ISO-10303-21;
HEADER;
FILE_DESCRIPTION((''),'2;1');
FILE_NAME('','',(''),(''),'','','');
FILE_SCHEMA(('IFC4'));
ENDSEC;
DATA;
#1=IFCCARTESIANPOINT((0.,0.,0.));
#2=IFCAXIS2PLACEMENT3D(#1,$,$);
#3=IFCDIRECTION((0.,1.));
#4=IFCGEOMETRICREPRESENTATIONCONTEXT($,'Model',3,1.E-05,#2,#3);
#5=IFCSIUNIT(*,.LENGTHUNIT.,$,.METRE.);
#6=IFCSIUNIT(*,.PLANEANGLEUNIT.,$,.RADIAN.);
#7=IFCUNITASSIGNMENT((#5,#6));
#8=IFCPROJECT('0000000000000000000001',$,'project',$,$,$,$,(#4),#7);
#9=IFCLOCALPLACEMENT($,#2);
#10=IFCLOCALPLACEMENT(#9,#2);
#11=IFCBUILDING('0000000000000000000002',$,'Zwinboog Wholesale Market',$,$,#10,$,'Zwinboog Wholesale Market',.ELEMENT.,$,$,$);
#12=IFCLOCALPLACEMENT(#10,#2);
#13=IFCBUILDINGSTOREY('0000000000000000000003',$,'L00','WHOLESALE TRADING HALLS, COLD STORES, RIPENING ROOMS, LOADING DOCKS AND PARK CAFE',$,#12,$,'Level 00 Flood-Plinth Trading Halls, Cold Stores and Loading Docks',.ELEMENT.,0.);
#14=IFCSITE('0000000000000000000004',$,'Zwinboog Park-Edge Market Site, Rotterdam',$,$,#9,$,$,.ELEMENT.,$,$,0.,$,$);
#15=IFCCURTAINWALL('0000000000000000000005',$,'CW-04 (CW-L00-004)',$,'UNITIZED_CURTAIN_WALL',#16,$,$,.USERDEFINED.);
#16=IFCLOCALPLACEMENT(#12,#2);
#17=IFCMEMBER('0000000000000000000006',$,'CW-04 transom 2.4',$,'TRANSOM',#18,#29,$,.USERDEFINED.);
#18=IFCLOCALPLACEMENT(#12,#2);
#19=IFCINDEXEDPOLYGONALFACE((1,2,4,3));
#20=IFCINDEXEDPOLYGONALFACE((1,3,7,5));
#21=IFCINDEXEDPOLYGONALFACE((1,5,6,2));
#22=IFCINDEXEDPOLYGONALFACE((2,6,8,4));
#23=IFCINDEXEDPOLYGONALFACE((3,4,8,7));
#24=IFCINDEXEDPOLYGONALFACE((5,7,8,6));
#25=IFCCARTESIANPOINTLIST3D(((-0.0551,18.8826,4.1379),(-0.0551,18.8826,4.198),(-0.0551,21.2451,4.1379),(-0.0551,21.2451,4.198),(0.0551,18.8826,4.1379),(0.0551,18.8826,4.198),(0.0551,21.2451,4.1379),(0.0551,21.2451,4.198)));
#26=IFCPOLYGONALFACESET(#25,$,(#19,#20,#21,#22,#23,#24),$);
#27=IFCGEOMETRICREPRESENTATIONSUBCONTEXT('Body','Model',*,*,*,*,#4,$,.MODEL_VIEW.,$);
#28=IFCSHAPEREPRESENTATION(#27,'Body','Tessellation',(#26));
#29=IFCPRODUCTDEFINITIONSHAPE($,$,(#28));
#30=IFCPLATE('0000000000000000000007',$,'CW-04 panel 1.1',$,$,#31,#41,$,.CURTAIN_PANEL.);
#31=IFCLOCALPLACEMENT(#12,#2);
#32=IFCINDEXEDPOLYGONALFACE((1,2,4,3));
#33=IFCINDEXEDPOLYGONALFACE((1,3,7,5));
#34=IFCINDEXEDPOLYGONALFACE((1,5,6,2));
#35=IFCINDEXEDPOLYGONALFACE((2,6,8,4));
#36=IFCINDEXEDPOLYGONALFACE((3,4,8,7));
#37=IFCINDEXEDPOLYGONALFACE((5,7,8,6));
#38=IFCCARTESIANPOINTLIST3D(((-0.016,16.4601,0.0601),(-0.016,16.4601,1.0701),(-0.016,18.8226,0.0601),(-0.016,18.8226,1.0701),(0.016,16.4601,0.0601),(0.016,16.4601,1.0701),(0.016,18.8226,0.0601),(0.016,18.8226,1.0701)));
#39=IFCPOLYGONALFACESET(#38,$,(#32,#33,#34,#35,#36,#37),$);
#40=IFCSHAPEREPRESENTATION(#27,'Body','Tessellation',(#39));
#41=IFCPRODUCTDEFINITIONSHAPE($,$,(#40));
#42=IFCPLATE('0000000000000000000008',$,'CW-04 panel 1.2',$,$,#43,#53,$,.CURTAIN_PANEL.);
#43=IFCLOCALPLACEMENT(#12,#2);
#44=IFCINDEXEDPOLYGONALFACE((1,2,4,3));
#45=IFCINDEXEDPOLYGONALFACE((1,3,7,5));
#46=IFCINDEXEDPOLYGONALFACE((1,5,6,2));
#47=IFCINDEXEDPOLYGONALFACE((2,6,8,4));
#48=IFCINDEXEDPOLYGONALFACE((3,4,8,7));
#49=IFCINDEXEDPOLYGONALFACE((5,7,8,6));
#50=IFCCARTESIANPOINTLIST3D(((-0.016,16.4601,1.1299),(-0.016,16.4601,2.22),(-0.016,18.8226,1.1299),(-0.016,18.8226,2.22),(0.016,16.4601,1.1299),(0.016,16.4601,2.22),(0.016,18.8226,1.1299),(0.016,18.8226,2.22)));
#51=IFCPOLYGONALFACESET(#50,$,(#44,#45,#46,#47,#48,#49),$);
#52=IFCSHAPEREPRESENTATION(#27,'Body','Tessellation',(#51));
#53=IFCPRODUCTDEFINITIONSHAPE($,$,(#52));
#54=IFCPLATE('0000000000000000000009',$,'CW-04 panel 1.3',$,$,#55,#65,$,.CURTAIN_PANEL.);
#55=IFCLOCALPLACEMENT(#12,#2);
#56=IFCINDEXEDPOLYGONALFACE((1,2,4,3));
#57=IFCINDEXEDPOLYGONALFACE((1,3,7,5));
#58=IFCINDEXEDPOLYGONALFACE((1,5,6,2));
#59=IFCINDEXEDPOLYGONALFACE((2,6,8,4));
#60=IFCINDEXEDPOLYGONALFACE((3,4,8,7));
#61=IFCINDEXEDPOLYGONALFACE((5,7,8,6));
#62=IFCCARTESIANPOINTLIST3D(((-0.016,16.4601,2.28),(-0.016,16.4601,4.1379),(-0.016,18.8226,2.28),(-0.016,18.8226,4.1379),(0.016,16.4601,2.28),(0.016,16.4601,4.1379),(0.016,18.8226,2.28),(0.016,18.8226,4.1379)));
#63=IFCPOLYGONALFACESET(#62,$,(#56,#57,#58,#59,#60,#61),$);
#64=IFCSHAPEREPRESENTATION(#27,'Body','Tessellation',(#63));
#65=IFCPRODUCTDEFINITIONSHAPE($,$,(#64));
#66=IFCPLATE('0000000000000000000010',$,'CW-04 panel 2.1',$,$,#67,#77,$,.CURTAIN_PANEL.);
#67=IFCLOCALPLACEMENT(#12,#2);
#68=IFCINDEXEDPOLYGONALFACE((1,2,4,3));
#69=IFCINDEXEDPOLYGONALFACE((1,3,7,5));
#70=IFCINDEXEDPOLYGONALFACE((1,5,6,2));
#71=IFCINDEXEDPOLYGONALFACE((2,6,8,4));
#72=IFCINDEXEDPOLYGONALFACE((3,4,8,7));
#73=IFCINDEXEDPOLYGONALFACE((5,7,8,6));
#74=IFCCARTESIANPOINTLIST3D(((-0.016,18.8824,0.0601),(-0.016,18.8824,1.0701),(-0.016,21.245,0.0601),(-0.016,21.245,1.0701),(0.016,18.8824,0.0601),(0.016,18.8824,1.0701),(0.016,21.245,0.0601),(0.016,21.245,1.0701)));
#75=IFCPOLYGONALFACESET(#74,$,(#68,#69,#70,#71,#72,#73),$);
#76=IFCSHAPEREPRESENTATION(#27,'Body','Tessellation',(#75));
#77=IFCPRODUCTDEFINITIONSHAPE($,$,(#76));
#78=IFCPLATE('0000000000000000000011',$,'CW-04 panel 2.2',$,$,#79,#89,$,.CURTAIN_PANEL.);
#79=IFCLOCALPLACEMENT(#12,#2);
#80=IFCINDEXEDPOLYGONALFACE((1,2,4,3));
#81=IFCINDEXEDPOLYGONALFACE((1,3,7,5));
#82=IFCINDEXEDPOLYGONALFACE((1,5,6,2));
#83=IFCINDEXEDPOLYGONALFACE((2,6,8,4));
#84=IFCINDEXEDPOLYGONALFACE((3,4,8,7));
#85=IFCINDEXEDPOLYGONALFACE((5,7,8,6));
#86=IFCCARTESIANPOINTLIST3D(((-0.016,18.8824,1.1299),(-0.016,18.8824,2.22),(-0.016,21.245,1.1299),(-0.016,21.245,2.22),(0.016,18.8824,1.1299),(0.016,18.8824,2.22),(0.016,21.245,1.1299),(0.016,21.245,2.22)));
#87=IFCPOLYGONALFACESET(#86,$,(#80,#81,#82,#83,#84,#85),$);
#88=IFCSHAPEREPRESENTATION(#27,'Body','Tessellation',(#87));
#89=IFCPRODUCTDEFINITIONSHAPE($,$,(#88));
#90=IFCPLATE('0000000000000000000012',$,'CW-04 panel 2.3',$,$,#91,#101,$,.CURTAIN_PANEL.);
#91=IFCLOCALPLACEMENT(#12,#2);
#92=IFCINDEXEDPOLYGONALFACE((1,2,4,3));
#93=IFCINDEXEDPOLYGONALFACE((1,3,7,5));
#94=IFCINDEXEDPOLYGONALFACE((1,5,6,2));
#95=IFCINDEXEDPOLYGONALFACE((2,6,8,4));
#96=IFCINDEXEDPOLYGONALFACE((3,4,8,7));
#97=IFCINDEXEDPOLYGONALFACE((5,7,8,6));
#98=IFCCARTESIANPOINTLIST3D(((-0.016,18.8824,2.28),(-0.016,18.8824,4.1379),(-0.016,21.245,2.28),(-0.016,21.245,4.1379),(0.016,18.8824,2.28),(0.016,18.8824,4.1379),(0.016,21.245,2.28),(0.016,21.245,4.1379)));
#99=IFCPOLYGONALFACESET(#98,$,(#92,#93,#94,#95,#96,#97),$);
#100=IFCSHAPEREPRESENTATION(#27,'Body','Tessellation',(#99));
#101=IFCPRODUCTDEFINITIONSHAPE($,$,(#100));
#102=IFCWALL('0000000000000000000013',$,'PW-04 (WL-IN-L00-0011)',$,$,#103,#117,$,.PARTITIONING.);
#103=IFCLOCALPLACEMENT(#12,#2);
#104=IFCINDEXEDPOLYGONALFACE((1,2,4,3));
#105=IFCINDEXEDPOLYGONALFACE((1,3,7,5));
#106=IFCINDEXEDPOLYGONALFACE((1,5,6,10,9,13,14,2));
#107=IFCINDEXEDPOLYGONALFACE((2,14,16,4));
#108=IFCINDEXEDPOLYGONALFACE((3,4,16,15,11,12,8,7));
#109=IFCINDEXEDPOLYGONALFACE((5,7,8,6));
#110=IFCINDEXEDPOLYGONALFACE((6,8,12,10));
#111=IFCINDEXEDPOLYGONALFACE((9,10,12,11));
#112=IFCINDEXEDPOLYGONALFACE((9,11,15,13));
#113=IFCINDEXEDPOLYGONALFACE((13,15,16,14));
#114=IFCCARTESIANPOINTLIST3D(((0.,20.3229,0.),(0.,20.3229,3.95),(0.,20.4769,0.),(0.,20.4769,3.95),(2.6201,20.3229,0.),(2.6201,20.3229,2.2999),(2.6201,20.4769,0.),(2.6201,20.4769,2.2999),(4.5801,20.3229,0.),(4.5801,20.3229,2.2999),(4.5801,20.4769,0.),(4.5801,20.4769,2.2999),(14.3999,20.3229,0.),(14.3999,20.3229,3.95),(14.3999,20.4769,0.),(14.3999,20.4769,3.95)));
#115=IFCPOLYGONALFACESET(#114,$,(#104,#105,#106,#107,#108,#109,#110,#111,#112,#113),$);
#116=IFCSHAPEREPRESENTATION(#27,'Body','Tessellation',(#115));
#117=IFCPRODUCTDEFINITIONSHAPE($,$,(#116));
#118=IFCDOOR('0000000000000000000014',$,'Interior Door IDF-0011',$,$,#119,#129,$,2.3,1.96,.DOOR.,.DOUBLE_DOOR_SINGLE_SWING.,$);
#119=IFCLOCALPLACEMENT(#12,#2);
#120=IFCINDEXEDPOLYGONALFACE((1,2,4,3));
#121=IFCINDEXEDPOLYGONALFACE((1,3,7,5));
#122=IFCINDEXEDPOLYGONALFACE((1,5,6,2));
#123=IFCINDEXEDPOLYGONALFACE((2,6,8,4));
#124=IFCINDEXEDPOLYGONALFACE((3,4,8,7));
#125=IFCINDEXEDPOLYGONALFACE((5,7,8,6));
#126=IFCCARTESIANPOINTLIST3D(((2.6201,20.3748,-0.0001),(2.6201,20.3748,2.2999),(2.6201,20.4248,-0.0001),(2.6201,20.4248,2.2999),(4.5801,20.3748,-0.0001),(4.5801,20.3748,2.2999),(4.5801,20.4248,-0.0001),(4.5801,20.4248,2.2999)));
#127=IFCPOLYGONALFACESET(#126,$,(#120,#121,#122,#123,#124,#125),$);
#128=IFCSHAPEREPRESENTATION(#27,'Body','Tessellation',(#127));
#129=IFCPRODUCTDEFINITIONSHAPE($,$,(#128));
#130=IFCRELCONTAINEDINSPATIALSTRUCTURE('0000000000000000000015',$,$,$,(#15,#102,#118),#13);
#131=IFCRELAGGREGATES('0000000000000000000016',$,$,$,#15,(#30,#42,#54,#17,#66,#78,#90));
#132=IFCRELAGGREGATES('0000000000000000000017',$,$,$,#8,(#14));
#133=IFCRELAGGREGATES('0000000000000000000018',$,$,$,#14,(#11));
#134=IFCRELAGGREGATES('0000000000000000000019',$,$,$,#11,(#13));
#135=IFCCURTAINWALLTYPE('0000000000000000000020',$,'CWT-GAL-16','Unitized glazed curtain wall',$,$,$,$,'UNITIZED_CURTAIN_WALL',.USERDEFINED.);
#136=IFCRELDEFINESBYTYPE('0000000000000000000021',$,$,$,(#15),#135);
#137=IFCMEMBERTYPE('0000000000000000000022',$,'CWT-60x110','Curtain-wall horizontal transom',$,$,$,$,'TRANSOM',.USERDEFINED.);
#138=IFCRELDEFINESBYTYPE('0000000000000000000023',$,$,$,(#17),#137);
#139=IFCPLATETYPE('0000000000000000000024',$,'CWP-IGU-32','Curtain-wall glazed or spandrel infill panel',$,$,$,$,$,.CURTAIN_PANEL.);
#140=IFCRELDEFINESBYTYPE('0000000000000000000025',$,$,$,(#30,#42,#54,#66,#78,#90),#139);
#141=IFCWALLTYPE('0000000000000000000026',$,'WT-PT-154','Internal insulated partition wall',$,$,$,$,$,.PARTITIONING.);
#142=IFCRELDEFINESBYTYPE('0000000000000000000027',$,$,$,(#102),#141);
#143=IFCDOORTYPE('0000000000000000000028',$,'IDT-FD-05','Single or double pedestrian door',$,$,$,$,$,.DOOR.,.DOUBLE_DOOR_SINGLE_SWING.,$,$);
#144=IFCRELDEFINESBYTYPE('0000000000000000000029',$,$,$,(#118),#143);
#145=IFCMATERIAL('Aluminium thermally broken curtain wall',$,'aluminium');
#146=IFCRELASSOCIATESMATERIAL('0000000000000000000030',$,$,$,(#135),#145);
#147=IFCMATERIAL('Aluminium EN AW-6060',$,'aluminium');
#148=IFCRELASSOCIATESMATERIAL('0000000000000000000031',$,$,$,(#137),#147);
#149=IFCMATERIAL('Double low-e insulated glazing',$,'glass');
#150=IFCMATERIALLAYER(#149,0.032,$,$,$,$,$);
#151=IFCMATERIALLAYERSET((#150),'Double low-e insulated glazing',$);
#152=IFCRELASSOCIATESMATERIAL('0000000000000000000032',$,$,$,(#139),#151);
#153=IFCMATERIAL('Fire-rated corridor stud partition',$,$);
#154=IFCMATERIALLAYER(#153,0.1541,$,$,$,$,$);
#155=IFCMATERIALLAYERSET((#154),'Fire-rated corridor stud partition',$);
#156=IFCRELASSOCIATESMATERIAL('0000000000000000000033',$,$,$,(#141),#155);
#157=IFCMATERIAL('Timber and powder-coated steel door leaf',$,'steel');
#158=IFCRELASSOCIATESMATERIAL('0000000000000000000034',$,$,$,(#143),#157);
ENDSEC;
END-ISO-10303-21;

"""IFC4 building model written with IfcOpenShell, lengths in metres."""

from ifc_helpers import new_model, si_unit, direction, frame, frame_2d, origin, origin_2d, place, context, subcontext, project, spatial, rectangle, extrude, material, layer, layer_set, material_profile, profile_set, type_object, element, fill, aggregate, save


model = new_model("IFC4")

# Units and contexts
model_context = context("Model", 3, precision=1e-05, world=origin(), true_north=direction((0.0, 1.0)))
body_context = subcontext(model_context, "Body", "Model", "MODEL_VIEW")
ifc_project = project(units=[si_unit("LENGTHUNIT", "METRE"), si_unit("PLANEANGLEUNIT", "RADIAN")], contexts=[model_context])

# Site, building, storey
site_placement = place(None, origin())
site = spatial("IfcSite", under=ifc_project, at=site_placement, Name="Zwinboog Park-Edge Market Site, Rotterdam", CompositionType="ELEMENT", RefElevation=0.0)
building_placement = place(site_placement, origin())
building = spatial("IfcBuilding", under=site, at=building_placement, Name="Zwinboog Wholesale Market", LongName="Zwinboog Wholesale Market", CompositionType="ELEMENT")
storey_placement = place(building_placement, origin())
storey = spatial("IfcBuildingStorey", under=building, at=storey_placement, Name="L00", Description="WHOLESALE TRADING HALLS, COLD STORES, RIPENING ROOMS, LOADING DOCKS AND PARK CAFE", LongName="Level 00 Flood-Plinth Trading Halls, Cold Stores and Loading Docks", CompositionType="ELEMENT", Elevation=0.0)

# Curtain wall, member, plates
ifc_material_1 = material(Name="Aluminium thermally broken curtain wall", Category="aluminium")
curtain_wall_type = type_object("IfcCurtainWallType", Name="CWT-GAL-16", Description="Unitized glazed curtain wall", ElementType="UNITIZED_CURTAIN_WALL", PredefinedType="USERDEFINED", material=ifc_material_1)
curtain_wall_placement = place(storey_placement, origin())
curtain_wall = element("IfcCurtainWall", 1, at=curtain_wall_placement, inside=storey, type_object=curtain_wall_type, Name="CW-04 (CW-L00-004)", ObjectType="UNITIZED_CURTAIN_WALL", PredefinedType="USERDEFINED")
ifc_material_2 = material(Name="Aluminium EN AW-6060", Category="aluminium")
ifc_material_profile_1 = material_profile(ifc_material_2, rectangle(XDim=0.1101, YDim=0.0601, at=origin_2d()), Name="AL 60x110")
ifc_profile_set_1 = profile_set([ifc_material_profile_1], Name="Aluminium EN AW-6060")
member_type_1 = type_object("IfcMemberType", Name="CWT-60x110", Description="Curtain-wall horizontal transom", ElementType="TRANSOM", PredefinedType="USERDEFINED", material=ifc_profile_set_1)
member_1_placement = place(storey_placement, frame((0.0, 18.8826, 4.168), z_axis=(0.0, 1.0, 0.0), x_axis=(-1.0, 0.0, 0.0)))
member_1 = element("IfcMember", 2, at=member_1_placement, type_object=member_type_1, Name="CW-04 transom 2.4", ObjectType="TRANSOM", PredefinedType="USERDEFINED", context=body_context, shape_type="SweptSolid", body=[
    extrude(rectangle(XDim=0.1101, YDim=0.0601, at=origin_2d()), origin(), (0.0, 0.0, 1.0), 2.3625),
])
ifc_material_3 = material(Name="Double low-e insulated glazing", Category="glass")
ifc_layer_1 = layer(ifc_material_3, 0.032)
ifc_layer_set_1 = layer_set([ifc_layer_1], Name="Double low-e insulated glazing")
plate_type = type_object("IfcPlateType", Name="CWP-IGU-32", Description="Curtain-wall glazed or spandrel infill panel", PredefinedType="CURTAIN_PANEL", material=ifc_layer_set_1)
plate_1_placement = place(storey_placement, frame((0.0, 17.6414, 0.0601), z_axis=(0.0, 0.0, 1.0), x_axis=(0.0, 1.0, 0.0)))
plate_1 = element("IfcPlate", 3, at=plate_1_placement, type_object=plate_type, Name="CW-04 panel 1.1", PredefinedType="CURTAIN_PANEL", context=body_context, shape_type="SweptSolid", body=[
    extrude(rectangle(XDim=2.3625, YDim=0.032, at=origin_2d()), origin(), (0.0, 0.0, 1.0), 1.01),
])
plate_2_placement = place(storey_placement, frame((0.0, 17.6414, 1.1299), z_axis=(0.0, 0.0, 1.0), x_axis=(0.0, 1.0, 0.0)))
plate_2 = element("IfcPlate", 4, at=plate_2_placement, type_object=plate_type, Name="CW-04 panel 1.2", PredefinedType="CURTAIN_PANEL", context=body_context, shape_type="SweptSolid", body=[
    extrude(rectangle(XDim=2.3625, YDim=0.032, at=origin_2d()), origin(), (0.0, 0.0, 1.0), 1.0901),
])
plate_3_placement = place(storey_placement, frame((0.0, 17.6414, 2.28), z_axis=(0.0, 0.0, 1.0), x_axis=(0.0, 1.0, 0.0)))
plate_3 = element("IfcPlate", 5, at=plate_3_placement, type_object=plate_type, Name="CW-04 panel 1.3", PredefinedType="CURTAIN_PANEL", context=body_context, shape_type="SweptSolid", body=[
    extrude(rectangle(XDim=2.3625, YDim=0.032, at=origin_2d()), origin(), (0.0, 0.0, 1.0), 1.8579),
])
plate_4_placement = place(storey_placement, frame((0.0, 20.0637, 0.0601), z_axis=(0.0, 0.0, 1.0), x_axis=(0.0, 1.0, 0.0)))
plate_4 = element("IfcPlate", 6, at=plate_4_placement, type_object=plate_type, Name="CW-04 panel 2.1", PredefinedType="CURTAIN_PANEL", context=body_context, shape_type="SweptSolid", body=[
    extrude(rectangle(XDim=2.3625, YDim=0.032, at=origin_2d()), origin(), (0.0, 0.0, 1.0), 1.01),
])
plate_5_placement = place(storey_placement, frame((0.0, 20.0637, 1.1299), z_axis=(0.0, 0.0, 1.0), x_axis=(0.0, 1.0, 0.0)))
plate_5 = element("IfcPlate", 7, at=plate_5_placement, type_object=plate_type, Name="CW-04 panel 2.2", PredefinedType="CURTAIN_PANEL", context=body_context, shape_type="SweptSolid", body=[
    extrude(rectangle(XDim=2.3625, YDim=0.032, at=origin_2d()), origin(), (0.0, 0.0, 1.0), 1.0901),
])
plate_6_placement = place(storey_placement, frame((0.0, 20.0637, 2.28), z_axis=(0.0, 0.0, 1.0), x_axis=(0.0, 1.0, 0.0)))
plate_6 = element("IfcPlate", 8, at=plate_6_placement, type_object=plate_type, Name="CW-04 panel 2.3", PredefinedType="CURTAIN_PANEL", context=body_context, shape_type="SweptSolid", body=[
    extrude(rectangle(XDim=2.3625, YDim=0.032, at=origin_2d()), origin(), (0.0, 0.0, 1.0), 1.8579),
])
aggregate(curtain_wall, [plate_1, plate_2, plate_3, member_1, plate_4, plate_5, plate_6])

# Wall, opening, door
ifc_material_4 = material(Name="Fire-rated corridor stud partition")
ifc_layer_2 = layer(ifc_material_4, 0.1541)
ifc_layer_set_2 = layer_set([ifc_layer_2], Name="Fire-rated corridor stud partition")
wall_type = type_object("IfcWallType", Name="WT-PT-154", Description="Internal insulated partition wall", PredefinedType="PARTITIONING", material=ifc_layer_set_2)
wall_placement = place(storey_placement, frame((0.0, 20.3999, 0.0), z_axis=(0.0, 0.0, 1.0), x_axis=(1.0, 0.0, 0.0)))
wall = element("IfcWall", 9, at=wall_placement, inside=storey, type_object=wall_type, Name="PW-04 (WL-IN-L00-0011)", PredefinedType="PARTITIONING", context=body_context, shape_type="SweptSolid", body=[
    extrude(rectangle(XDim=14.3999, YDim=0.1541, at=frame_2d((7.2, 0.0))), origin(), (0.0, 0.0, 1.0), 3.95),
])
opening_placement = place(wall_placement, frame((2.6201, 0.0, 0.0)))
opening = element("IfcOpeningElement", 10, at=opening_placement, cuts=wall, PredefinedType="OPENING", context=body_context, shape_type="SweptSolid", body=[
    extrude(rectangle(XDim=1.96, YDim=2.3, at=frame_2d((0.98, 1.1499))), frame((0.0, 0.0869, 0.0), z_axis=(0.0, -1.0, 0.0), x_axis=(1.0, 0.0, 0.0)), (0.0, 0.0, 1.0), 0.1741),
])
ifc_material_5 = material(Name="Timber and powder-coated steel door leaf", Category="steel")
door_type = type_object("IfcDoorType", Name="IDT-FD-05", Description="Single or double pedestrian door", OperationType="DOUBLE_DOOR_SINGLE_SWING", PredefinedType="DOOR", material=ifc_material_5)
door_placement = place(opening_placement, origin())
door = element("IfcDoor", 11, at=door_placement, inside=storey, type_object=door_type, Name="Interior Door IDF-0011", OperationType="DOUBLE_DOOR_SINGLE_SWING", OverallHeight=2.3, OverallWidth=1.96, PredefinedType="DOOR", context=body_context, shape_type="SweptSolid", body=[
    extrude(rectangle(XDim=1.96, YDim=2.3, at=frame_2d((0.98, 1.1499))), frame((0.0, 0.0249, 0.0), z_axis=(0.0, -1.0, 0.0), x_axis=(1.0, 0.0, 0.0)), (0.0, 0.0, 1.0), 0.05),
])
fill(opening, door)

save(model, "model.ifc")
